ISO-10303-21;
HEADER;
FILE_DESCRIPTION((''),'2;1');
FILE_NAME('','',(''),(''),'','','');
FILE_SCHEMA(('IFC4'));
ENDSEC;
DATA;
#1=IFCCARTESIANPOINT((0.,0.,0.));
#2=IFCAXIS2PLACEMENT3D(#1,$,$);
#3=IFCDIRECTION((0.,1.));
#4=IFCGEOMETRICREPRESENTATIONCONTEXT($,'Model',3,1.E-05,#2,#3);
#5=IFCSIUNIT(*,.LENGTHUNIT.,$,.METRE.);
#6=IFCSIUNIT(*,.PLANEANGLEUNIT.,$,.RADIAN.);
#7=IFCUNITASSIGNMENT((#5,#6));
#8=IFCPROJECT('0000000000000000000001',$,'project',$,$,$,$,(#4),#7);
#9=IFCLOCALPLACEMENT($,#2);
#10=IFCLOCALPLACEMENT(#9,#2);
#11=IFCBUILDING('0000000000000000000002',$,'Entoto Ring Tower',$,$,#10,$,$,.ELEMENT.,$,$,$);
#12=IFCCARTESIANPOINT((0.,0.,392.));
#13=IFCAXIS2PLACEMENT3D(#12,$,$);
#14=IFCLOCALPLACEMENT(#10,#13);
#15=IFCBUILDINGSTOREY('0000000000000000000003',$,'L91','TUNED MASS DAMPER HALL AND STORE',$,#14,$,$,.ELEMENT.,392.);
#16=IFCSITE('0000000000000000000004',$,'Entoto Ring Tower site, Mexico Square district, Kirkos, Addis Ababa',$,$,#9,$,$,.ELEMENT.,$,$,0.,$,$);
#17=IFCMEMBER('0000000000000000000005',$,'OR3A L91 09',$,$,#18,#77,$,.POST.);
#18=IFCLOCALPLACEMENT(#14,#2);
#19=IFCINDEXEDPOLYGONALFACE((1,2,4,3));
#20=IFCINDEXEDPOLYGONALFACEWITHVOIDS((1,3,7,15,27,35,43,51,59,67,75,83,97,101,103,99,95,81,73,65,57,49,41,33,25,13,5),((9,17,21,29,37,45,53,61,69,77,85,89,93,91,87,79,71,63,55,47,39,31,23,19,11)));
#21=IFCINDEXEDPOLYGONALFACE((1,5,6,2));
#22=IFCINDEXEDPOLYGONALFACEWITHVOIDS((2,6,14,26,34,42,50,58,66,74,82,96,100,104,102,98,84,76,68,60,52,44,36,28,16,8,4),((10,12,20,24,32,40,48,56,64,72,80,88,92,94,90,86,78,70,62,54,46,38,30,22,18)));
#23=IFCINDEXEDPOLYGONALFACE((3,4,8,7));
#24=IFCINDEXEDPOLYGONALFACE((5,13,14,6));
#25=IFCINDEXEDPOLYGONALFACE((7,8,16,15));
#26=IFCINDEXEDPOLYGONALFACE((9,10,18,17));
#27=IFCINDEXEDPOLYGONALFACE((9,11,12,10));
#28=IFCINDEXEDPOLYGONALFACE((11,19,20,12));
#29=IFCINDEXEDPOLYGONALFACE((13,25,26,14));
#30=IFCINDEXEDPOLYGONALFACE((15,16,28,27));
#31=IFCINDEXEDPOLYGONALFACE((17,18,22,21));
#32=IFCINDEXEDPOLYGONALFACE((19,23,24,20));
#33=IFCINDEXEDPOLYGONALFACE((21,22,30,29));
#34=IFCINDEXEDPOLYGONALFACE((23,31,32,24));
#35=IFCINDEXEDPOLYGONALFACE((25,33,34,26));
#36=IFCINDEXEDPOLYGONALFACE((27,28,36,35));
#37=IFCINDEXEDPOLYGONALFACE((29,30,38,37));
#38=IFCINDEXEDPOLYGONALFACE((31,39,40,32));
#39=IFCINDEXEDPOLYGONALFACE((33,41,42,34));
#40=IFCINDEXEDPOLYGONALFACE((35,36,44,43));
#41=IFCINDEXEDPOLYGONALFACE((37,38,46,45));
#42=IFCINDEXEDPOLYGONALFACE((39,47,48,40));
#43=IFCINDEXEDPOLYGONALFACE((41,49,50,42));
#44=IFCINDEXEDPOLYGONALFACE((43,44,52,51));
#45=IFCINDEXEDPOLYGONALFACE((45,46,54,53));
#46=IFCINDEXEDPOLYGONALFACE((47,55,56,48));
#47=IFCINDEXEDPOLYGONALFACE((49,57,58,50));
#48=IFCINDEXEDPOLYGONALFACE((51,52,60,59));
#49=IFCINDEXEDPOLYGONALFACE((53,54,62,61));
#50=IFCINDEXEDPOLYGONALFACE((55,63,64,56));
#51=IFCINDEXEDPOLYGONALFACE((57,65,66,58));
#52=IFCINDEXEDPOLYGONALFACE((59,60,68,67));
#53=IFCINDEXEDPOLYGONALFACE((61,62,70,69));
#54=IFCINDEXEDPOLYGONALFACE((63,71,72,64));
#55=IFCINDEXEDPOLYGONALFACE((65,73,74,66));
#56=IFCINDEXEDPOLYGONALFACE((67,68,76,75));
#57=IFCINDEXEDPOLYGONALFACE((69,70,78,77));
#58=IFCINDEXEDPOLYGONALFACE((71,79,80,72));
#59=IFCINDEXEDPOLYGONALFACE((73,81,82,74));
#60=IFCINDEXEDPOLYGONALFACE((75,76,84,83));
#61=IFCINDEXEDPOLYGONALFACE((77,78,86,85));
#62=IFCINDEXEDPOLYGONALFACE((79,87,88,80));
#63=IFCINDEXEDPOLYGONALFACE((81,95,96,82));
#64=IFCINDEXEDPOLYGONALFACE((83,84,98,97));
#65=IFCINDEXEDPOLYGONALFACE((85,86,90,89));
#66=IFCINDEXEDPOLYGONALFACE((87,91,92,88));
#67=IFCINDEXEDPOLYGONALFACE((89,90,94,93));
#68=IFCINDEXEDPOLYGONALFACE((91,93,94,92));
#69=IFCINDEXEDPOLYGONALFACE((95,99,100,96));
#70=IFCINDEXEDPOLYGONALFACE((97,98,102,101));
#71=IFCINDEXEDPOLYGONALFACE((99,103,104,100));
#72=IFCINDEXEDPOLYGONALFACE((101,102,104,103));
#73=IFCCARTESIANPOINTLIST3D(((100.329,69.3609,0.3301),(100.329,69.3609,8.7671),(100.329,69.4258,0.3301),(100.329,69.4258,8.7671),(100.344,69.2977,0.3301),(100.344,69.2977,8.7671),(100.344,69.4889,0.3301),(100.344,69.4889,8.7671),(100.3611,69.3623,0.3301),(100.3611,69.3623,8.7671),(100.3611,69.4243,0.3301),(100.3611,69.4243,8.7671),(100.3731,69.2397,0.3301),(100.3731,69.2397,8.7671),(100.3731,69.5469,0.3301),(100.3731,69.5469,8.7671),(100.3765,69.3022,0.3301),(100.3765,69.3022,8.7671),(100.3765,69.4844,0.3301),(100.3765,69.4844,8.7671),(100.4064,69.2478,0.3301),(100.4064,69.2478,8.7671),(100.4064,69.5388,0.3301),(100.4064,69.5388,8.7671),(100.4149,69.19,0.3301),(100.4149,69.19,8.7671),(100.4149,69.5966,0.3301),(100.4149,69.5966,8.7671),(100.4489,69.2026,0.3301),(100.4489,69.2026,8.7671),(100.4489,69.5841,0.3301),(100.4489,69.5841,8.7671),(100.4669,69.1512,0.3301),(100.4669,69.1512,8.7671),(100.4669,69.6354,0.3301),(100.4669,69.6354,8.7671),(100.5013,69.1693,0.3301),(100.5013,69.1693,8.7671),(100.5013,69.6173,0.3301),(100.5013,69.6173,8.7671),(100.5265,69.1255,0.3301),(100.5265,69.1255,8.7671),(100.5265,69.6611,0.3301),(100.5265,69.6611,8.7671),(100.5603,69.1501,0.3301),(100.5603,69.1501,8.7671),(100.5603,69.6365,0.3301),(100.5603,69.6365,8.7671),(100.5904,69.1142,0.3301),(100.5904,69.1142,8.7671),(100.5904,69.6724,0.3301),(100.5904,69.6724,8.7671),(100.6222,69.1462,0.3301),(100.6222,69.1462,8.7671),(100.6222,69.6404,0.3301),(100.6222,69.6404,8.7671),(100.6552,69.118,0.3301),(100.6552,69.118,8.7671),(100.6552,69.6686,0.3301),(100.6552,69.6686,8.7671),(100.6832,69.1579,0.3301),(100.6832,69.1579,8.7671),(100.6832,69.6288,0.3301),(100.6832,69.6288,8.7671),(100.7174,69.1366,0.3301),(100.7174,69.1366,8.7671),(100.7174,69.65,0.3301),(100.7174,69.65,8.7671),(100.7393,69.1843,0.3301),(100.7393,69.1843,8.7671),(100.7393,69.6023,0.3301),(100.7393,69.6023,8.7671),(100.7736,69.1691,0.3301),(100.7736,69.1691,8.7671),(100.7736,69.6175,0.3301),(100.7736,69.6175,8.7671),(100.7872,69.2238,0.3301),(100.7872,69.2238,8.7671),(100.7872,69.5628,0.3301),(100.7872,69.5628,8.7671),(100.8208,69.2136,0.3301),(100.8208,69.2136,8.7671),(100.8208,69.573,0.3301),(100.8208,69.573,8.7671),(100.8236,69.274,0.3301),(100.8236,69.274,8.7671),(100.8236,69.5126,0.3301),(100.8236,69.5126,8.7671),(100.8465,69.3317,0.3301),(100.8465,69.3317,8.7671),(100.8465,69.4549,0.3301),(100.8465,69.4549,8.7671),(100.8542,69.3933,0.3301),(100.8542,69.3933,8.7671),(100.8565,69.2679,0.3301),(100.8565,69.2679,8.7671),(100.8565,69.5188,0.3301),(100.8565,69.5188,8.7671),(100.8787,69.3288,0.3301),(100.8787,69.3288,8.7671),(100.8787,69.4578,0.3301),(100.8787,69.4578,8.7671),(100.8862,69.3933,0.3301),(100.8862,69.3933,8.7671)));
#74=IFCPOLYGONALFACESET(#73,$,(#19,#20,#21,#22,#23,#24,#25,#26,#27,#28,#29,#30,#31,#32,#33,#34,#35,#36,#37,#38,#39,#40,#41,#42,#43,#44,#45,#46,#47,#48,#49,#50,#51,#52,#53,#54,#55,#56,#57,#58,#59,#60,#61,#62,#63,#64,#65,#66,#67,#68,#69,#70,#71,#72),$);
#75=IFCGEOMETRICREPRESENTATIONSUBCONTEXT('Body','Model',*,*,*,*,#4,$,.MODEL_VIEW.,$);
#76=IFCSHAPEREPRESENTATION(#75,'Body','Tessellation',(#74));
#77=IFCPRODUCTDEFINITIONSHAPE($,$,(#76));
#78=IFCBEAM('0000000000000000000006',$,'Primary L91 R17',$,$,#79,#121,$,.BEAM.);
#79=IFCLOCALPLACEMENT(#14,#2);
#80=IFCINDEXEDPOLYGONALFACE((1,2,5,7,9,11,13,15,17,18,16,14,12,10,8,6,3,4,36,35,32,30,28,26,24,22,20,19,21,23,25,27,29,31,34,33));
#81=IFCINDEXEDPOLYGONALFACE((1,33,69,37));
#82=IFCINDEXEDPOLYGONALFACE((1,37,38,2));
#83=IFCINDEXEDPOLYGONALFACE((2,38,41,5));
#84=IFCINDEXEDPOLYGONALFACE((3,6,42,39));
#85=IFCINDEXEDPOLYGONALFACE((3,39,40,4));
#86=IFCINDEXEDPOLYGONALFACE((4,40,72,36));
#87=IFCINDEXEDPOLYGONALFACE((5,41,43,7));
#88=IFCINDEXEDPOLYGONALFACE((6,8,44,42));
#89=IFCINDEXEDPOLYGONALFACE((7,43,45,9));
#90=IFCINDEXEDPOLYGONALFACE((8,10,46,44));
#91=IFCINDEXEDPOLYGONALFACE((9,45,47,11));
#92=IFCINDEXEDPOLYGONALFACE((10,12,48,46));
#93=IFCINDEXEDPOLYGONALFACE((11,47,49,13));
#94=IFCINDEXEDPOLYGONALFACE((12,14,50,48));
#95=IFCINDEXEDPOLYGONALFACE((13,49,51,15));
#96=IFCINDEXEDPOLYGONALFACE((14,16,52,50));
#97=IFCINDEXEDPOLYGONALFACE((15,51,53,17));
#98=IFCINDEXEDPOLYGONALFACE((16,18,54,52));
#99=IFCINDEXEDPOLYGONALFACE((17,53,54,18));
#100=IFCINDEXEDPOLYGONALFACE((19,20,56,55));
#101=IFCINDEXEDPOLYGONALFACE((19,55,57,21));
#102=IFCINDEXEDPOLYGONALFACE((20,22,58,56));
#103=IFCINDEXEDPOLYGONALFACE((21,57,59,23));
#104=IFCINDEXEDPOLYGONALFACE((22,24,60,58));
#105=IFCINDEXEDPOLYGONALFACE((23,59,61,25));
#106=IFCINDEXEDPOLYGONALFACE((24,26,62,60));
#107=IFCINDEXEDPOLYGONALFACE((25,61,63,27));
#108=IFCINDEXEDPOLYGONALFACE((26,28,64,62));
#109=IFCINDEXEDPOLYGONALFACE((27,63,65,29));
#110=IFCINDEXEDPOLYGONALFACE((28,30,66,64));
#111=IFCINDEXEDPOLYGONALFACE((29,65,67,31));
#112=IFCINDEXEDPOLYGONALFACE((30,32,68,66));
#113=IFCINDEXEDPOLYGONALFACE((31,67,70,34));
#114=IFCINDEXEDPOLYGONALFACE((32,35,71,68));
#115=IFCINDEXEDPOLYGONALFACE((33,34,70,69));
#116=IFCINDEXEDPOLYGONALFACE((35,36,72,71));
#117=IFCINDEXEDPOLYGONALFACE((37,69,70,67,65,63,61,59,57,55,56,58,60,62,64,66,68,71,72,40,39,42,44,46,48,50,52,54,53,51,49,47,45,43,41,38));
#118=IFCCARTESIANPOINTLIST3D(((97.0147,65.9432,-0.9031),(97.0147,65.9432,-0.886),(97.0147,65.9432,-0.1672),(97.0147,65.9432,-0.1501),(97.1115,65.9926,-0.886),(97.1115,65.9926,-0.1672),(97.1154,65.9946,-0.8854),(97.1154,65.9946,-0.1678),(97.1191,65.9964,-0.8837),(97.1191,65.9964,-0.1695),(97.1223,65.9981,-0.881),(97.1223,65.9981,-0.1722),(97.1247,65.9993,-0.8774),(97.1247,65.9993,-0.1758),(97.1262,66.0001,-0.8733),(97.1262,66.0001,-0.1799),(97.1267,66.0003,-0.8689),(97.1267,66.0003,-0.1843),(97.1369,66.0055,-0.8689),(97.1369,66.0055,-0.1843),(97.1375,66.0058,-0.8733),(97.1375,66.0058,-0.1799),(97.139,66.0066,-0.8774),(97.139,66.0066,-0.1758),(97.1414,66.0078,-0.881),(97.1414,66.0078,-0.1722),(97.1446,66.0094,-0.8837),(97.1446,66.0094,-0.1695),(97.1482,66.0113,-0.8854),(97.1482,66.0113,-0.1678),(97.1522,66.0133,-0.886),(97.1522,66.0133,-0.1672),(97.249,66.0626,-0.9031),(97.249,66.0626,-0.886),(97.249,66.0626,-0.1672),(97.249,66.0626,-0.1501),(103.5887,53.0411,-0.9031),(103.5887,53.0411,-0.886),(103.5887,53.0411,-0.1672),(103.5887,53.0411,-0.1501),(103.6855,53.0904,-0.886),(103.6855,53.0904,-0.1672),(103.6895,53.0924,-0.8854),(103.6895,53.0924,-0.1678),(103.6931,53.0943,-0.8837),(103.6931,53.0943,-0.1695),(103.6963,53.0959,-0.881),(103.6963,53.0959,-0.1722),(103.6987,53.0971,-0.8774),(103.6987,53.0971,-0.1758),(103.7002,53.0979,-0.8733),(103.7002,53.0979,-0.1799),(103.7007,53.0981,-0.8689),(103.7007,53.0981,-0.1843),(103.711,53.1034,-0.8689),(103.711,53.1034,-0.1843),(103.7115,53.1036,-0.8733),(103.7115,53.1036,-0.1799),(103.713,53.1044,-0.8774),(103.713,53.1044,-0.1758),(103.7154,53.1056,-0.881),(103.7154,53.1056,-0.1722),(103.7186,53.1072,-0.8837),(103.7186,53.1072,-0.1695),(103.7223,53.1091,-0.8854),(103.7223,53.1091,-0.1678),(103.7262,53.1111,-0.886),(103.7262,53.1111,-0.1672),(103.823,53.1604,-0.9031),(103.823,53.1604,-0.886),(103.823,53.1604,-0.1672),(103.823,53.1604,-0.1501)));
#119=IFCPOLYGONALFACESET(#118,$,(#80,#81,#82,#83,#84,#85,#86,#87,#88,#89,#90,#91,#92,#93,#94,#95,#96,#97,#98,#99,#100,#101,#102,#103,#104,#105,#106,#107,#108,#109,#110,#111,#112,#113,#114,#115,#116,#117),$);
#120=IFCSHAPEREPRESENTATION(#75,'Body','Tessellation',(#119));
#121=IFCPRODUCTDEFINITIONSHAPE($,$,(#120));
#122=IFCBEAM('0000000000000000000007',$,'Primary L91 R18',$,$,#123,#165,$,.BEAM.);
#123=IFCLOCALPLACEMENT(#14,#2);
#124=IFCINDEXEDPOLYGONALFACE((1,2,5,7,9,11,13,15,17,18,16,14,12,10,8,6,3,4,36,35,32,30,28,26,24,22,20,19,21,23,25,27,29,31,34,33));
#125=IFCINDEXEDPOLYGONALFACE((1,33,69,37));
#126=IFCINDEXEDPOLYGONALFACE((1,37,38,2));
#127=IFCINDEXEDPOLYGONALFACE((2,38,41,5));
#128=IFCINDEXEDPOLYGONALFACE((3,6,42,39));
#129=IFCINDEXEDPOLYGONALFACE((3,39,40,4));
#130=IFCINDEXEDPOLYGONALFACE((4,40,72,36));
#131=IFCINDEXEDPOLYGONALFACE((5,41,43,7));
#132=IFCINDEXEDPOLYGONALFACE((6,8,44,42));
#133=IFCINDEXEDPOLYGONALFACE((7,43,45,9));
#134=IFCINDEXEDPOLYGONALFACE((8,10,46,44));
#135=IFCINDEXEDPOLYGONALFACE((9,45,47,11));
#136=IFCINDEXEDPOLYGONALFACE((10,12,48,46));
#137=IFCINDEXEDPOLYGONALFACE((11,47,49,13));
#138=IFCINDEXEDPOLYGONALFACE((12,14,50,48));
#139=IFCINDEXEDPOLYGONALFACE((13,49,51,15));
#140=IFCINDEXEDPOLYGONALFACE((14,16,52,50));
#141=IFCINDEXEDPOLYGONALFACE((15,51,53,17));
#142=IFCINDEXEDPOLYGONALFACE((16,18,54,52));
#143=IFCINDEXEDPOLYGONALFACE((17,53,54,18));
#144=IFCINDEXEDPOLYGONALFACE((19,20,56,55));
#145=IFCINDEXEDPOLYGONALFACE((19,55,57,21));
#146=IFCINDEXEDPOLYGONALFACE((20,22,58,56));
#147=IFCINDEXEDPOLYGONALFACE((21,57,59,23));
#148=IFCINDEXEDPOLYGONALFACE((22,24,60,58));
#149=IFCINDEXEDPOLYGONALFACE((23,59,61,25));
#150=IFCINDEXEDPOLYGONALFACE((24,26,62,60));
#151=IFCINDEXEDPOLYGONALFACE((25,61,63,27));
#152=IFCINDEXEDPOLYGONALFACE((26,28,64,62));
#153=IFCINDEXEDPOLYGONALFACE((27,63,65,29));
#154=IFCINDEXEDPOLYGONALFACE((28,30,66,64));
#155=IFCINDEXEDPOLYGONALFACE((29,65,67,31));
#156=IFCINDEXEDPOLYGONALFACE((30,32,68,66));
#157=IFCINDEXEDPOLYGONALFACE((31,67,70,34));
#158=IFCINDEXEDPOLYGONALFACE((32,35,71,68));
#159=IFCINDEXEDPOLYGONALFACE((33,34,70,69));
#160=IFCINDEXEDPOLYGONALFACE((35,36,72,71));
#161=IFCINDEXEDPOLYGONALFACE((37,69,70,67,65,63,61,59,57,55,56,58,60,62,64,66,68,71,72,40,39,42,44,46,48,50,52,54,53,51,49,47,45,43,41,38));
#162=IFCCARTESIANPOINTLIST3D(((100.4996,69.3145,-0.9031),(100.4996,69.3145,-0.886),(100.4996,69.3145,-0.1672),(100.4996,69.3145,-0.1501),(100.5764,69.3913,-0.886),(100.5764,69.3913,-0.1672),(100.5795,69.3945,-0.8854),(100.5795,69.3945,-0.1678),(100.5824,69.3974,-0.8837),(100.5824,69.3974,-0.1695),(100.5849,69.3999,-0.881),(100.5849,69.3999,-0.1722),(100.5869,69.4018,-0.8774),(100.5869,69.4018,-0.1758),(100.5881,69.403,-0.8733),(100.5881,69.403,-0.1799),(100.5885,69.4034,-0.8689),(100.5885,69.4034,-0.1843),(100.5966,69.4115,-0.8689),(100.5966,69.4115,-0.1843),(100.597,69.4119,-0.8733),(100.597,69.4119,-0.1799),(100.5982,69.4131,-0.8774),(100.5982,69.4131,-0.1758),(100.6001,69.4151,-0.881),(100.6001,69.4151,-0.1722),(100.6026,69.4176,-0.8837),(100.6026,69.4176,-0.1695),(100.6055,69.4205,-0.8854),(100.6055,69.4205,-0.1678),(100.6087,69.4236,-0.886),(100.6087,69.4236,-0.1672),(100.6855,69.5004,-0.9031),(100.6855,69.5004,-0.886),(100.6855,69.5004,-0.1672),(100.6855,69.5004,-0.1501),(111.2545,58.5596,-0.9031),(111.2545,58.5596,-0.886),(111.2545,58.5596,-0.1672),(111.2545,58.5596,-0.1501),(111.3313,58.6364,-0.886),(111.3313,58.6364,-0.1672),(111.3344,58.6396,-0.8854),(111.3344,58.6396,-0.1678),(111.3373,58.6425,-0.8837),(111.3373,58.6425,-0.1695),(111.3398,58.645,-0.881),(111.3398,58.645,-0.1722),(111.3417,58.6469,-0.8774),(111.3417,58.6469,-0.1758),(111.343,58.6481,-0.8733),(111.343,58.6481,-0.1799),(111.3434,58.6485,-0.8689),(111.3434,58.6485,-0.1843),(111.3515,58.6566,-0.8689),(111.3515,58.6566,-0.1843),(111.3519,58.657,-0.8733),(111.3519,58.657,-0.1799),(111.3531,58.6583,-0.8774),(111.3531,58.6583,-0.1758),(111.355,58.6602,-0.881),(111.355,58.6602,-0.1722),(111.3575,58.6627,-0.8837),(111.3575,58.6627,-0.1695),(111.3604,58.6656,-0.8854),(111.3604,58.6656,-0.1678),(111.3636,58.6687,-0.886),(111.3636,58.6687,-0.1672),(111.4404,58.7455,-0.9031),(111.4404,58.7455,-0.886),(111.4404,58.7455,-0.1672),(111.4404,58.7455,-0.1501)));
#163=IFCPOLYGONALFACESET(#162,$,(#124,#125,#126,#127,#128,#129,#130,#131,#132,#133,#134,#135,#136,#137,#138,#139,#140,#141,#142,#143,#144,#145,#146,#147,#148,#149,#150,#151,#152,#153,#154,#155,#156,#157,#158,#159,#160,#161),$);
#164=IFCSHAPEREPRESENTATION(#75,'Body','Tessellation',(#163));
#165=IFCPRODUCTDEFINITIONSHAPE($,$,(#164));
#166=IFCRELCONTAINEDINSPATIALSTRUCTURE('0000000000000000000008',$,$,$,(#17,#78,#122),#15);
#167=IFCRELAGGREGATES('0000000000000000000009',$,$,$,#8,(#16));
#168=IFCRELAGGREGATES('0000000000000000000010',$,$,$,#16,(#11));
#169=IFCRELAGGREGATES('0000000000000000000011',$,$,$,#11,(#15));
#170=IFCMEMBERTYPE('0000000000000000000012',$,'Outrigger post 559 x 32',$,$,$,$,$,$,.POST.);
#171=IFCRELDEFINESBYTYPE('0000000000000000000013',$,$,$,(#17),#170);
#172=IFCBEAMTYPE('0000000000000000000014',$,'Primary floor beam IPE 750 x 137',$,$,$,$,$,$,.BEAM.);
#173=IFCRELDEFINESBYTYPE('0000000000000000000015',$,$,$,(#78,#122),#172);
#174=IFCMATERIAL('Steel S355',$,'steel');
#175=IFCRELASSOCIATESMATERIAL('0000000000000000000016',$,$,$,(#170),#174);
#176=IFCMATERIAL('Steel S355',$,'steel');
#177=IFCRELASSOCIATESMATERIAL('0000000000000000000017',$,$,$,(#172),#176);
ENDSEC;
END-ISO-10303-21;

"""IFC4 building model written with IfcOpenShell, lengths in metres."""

from ifc_helpers import new_model, si_unit, direction, frame, origin, origin_2d, place, context, subcontext, project, spatial, circle, hollow_circle, i_section, extrude, material, material_profile, profile_set, type_object, element, save


model = new_model("IFC4")

# Units and contexts
model_context = context("Model", 3, precision=1e-05, world=origin(), true_north=direction((0.0, 1.0)))
body_context = subcontext(model_context, "Body", "Model", "MODEL_VIEW")
ifc_project = project(units=[si_unit("LENGTHUNIT", "METRE"), si_unit("PLANEANGLEUNIT", "RADIAN")], contexts=[model_context])

# Site, building, storey
site_placement = place(None, origin())
site = spatial("IfcSite", under=ifc_project, at=site_placement, Name="Entoto Ring Tower site, Mexico Square district, Kirkos, Addis Ababa", CompositionType="ELEMENT", RefElevation=0.0)
building_placement = place(site_placement, origin())
building = spatial("IfcBuilding", under=site, at=building_placement, Name="Entoto Ring Tower", CompositionType="ELEMENT")
storey_placement = place(building_placement, frame((0.0, 0.0, 392.0)))
storey = spatial("IfcBuildingStorey", under=building, at=storey_placement, Name="L91", Description="TUNED MASS DAMPER HALL AND STORE", CompositionType="ELEMENT", Elevation=392.0)

# Member
ifc_material_1 = material(Name="Steel S355", Category="steel")
ifc_material_profile_1 = material_profile(ifc_material_1, hollow_circle(Radius=0.2795, WallThickness=0.032, at=origin_2d()), Name="CHS 559 x 32")
ifc_material_2 = material(Name="Concrete C60/75", Category="concrete")
ifc_material_profile_2 = material_profile(ifc_material_2, circle(Radius=0.2476, at=origin_2d()), Name="Concrete C60/75 infill")
ifc_profile_set_1 = profile_set([ifc_material_profile_1, ifc_material_profile_2], Name="Steel S355")
member_type_1 = type_object("IfcMemberType", Name="Outrigger post 559 x 32", PredefinedType="POST", material=ifc_profile_set_1)
member_placement = place(storey_placement, frame((100.6067, 69.3933, 0.3301), z_axis=(0.0, 0.0, 1.0), x_axis=(1.0, 0.0, 0.0)))
element("IfcMember", 1, at=member_placement, inside=storey, type_object=member_type_1, Name="OR3A L91 09", PredefinedType="POST", context=body_context, shape_type="SweptSolid", body=[
    extrude(hollow_circle(Radius=0.2795, WallThickness=0.032, at=origin_2d()), origin(), (0.0, 0.0, 1.0), 8.437),
])

# Beams
ifc_material_3 = material(Name="Steel S355", Category="steel")
ifc_material_profile_3 = material_profile(ifc_material_3, i_section(OverallWidth=0.2629, OverallDepth=0.7529, WebThickness=0.0115, FlangeThickness=0.0171, FilletRadius=0.0171, at=origin_2d()), Name="IPE 750 x 137")
ifc_profile_set_2 = profile_set([ifc_material_profile_3], Name="Steel S355")
beam_type_1 = type_object("IfcBeamType", Name="Primary floor beam IPE 750 x 137", PredefinedType="BEAM", material=ifc_profile_set_2)
beam_1_placement = place(storey_placement, frame((97.1318, 66.0029, -0.5266), z_axis=(0.453992, -0.891006, 0.0), x_axis=(0.891006, 0.453992, 0.0)))
element("IfcBeam", 2, at=beam_1_placement, inside=storey, type_object=beam_type_1, Name="Primary L91 R17", PredefinedType="BEAM", context=body_context, shape_type="SweptSolid", body=[
    extrude(i_section(OverallWidth=0.2629, OverallDepth=0.7529, WebThickness=0.0115, FlangeThickness=0.0171, FilletRadius=0.0171, at=origin_2d()), origin(), (0.0, 0.0, 1.0), 14.4805),
])
beam_2_placement = place(storey_placement, frame((100.5925, 69.4075, -0.5266), z_axis=(0.707107, -0.707107, 0.0), x_axis=(0.707107, 0.707107, 0.0)))
element("IfcBeam", 3, at=beam_2_placement, inside=storey, type_object=beam_type_1, Name="Primary L91 R18", PredefinedType="BEAM", context=body_context, shape_type="SweptSolid", body=[
    extrude(i_section(OverallWidth=0.2629, OverallDepth=0.7529, WebThickness=0.0115, FlangeThickness=0.0171, FilletRadius=0.0171, at=origin_2d()), origin(), (0.0, 0.0, 1.0), 15.2097),
])

save(model, "model.ifc")
